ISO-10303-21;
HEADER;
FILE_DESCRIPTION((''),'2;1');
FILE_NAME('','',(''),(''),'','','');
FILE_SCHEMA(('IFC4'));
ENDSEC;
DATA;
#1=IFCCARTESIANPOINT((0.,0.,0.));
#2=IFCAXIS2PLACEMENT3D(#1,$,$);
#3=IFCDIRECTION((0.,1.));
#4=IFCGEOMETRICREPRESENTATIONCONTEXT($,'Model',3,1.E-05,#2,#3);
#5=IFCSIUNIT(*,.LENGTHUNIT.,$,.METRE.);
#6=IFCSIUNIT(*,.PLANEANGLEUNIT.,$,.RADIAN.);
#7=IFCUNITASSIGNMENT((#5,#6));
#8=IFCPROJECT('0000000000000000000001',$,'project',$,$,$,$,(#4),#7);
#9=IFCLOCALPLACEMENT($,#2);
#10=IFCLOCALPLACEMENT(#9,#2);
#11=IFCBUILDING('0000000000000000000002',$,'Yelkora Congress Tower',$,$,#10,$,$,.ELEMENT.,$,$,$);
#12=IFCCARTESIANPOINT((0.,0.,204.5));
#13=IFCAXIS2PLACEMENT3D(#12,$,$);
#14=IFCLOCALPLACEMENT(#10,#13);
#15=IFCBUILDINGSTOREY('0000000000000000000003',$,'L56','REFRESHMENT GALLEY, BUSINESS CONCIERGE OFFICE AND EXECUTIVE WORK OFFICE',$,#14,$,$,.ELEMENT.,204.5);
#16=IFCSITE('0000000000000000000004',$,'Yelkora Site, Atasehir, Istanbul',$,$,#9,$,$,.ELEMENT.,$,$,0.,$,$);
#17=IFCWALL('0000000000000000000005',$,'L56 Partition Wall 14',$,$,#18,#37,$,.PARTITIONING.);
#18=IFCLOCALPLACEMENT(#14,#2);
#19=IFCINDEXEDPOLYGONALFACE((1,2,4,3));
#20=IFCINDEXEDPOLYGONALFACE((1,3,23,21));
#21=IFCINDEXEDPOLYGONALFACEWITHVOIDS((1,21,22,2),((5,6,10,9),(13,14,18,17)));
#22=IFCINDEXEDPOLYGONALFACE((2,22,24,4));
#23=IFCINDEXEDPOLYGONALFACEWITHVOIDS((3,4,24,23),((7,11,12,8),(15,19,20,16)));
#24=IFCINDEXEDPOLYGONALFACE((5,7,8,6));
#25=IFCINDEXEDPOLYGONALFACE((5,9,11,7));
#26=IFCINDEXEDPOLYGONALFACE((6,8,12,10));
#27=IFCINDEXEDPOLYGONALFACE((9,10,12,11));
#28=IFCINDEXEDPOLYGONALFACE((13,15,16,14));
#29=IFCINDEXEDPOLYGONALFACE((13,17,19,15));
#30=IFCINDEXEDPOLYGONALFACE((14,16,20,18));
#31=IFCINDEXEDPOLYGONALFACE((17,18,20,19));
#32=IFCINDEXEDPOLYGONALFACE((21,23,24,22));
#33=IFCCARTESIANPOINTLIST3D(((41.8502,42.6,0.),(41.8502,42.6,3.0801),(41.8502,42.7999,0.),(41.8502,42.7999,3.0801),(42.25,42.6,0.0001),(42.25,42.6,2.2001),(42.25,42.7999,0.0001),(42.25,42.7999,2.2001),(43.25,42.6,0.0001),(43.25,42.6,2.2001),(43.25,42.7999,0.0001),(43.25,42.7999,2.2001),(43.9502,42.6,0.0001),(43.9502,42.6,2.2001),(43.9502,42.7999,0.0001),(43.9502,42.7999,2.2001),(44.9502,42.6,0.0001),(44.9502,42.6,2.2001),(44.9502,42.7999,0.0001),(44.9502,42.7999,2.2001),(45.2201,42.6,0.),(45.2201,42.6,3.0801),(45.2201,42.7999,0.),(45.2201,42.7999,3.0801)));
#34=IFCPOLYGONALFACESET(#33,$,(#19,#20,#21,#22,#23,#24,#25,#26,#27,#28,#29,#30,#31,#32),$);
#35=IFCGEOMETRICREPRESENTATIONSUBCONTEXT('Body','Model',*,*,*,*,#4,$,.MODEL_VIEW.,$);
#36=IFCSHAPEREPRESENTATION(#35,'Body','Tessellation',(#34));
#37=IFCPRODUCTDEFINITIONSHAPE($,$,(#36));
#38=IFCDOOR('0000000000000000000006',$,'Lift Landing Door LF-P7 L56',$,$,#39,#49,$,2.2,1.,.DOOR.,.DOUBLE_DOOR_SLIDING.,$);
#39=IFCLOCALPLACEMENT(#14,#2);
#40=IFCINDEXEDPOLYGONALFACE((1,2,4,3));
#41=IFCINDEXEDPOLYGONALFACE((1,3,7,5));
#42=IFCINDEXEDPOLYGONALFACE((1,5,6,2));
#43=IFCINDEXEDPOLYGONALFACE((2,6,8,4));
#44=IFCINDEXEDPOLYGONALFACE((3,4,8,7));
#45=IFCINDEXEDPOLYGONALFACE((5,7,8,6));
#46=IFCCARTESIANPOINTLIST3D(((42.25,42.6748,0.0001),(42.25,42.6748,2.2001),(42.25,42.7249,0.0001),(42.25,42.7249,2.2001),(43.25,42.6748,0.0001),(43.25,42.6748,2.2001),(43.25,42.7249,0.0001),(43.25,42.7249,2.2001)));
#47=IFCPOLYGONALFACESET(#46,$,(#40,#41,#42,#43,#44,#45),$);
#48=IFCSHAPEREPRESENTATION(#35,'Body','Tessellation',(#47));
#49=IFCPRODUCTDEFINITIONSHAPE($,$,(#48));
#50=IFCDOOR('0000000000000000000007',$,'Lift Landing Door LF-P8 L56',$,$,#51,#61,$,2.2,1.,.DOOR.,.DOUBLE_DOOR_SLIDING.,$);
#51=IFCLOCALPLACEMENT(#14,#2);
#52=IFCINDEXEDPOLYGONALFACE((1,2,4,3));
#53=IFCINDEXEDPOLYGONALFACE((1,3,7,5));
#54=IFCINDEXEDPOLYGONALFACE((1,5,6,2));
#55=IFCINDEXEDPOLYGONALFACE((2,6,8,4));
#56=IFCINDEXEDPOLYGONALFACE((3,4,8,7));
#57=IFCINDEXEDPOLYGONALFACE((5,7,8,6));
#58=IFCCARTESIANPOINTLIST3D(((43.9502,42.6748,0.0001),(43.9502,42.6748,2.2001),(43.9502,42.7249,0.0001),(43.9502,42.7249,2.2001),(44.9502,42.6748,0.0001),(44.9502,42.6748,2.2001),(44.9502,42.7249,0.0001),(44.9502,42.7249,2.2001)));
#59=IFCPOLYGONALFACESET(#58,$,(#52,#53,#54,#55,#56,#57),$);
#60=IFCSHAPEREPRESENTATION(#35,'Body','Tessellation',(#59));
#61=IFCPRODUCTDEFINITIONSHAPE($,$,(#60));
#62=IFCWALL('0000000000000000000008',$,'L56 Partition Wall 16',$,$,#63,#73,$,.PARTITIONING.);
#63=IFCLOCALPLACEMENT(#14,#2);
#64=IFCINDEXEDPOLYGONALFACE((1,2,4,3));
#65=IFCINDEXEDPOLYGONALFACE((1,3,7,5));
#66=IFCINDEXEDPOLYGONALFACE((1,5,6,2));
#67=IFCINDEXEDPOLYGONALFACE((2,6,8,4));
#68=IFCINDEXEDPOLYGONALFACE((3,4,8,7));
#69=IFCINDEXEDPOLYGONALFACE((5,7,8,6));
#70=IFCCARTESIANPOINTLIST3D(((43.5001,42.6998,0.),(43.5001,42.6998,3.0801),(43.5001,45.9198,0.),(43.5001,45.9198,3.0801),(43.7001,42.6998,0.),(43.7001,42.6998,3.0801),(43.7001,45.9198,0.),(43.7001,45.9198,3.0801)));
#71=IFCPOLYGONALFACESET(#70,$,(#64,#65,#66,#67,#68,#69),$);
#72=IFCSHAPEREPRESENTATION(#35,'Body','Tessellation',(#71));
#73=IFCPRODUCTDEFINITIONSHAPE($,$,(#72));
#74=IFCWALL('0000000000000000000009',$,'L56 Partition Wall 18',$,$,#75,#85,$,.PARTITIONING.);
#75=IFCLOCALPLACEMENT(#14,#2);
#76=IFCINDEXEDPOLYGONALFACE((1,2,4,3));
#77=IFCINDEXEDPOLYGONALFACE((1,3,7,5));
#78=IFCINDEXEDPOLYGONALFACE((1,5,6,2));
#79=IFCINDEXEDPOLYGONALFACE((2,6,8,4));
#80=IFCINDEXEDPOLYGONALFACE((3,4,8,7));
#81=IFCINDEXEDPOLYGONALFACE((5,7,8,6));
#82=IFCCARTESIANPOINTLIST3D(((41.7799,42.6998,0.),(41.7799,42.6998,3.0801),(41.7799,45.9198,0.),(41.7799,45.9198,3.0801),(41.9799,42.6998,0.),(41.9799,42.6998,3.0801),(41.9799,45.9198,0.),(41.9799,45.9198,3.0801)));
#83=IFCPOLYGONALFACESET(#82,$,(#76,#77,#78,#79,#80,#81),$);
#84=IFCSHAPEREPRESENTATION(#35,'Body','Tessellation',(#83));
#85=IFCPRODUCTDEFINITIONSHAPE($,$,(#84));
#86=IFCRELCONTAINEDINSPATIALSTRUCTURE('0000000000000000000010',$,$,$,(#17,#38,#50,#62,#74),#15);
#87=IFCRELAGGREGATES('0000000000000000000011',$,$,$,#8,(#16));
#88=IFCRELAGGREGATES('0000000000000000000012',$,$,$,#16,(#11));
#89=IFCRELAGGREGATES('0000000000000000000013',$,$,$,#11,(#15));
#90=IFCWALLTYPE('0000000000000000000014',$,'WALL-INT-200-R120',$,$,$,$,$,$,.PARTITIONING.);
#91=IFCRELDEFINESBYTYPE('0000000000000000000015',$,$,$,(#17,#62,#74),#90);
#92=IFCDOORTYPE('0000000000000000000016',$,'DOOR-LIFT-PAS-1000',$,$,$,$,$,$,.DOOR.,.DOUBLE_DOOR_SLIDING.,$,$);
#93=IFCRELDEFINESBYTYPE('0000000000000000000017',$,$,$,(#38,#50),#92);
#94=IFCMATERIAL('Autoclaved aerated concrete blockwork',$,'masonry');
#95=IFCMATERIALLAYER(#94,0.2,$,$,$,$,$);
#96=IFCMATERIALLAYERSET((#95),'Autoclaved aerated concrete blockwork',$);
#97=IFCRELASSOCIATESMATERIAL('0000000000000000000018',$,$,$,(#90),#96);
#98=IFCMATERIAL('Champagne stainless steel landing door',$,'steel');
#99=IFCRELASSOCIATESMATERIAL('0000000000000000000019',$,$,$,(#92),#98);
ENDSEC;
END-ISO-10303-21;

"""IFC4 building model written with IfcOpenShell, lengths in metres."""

from ifc_helpers import new_model, si_unit, direction, frame, frame_2d, origin, place, context, subcontext, project, spatial, rectangle, extrude, material, layer, layer_set, type_object, element, fill, save


model = new_model("IFC4")

# Units and contexts
model_context = context("Model", 3, precision=1e-05, world=origin(), true_north=direction((0.0, 1.0)))
body_context = subcontext(model_context, "Body", "Model", "MODEL_VIEW")
ifc_project = project(units=[si_unit("LENGTHUNIT", "METRE"), si_unit("PLANEANGLEUNIT", "RADIAN")], contexts=[model_context])

# Site, building, storey
site_placement = place(None, origin())
site = spatial("IfcSite", under=ifc_project, at=site_placement, Name="Yelkora Site, Atasehir, Istanbul", CompositionType="ELEMENT", RefElevation=0.0)
building_placement = place(site_placement, origin())
building = spatial("IfcBuilding", under=site, at=building_placement, Name="Yelkora Congress Tower", CompositionType="ELEMENT")
storey_placement = place(building_placement, frame((0.0, 0.0, 204.5)))
storey = spatial("IfcBuildingStorey", under=building, at=storey_placement, Name="L56", Description="REFRESHMENT GALLEY, BUSINESS CONCIERGE OFFICE AND EXECUTIVE WORK OFFICE", CompositionType="ELEMENT", Elevation=204.5)

# Shared definitions
ifc_material_1 = material(Name="Autoclaved aerated concrete blockwork", Category="masonry")
ifc_layer_1 = layer(ifc_material_1, 0.2)
ifc_layer_set_1 = layer_set([ifc_layer_1], Name="Autoclaved aerated concrete blockwork")
wall_type_1 = type_object("IfcWallType", Name="WALL-INT-200-R120", PredefinedType="PARTITIONING", material=ifc_layer_set_1)

# Wall, openings, doors
wall_1_placement = place(storey_placement, frame((41.8501, 42.7, 0.0), z_axis=(0.0, 0.0, 1.0), x_axis=(1.0, 0.0, 0.0)))
wall_1 = element("IfcWall", 1, at=wall_1_placement, inside=storey, type_object=wall_type_1, Name="L56 Partition Wall 14", PredefinedType="PARTITIONING", context=body_context, shape_type="SweptSolid", body=[
    extrude(rectangle(XDim=3.3699, YDim=0.2, at=frame_2d((1.6851, 0.0))), origin(), (0.0, 0.0, 1.0), 3.0801),
])
opening_1_placement = place(wall_1_placement, frame((0.3999, 0.0, 0.0)))
opening_1 = element("IfcOpeningElement", 2, at=opening_1_placement, cuts=wall_1, PredefinedType="OPENING", context=body_context, shape_type="SweptSolid", body=[
    extrude(rectangle(XDim=1.0, YDim=2.2, at=frame_2d((0.5, 1.1001))), frame((0.0, 0.1099, 0.0), z_axis=(0.0, -1.0, 0.0), x_axis=(1.0, 0.0, 0.0)), (0.0, 0.0, 1.0), 0.22),
])
opening_2_placement = place(wall_1_placement, frame((2.1001, 0.0, 0.0)))
opening_2 = element("IfcOpeningElement", 3, at=opening_2_placement, cuts=wall_1, PredefinedType="OPENING", context=body_context, shape_type="SweptSolid", body=[
    extrude(rectangle(XDim=1.0, YDim=2.2, at=frame_2d((0.5, 1.1001))), frame((0.0, 0.1099, 0.0), z_axis=(0.0, -1.0, 0.0), x_axis=(1.0, 0.0, 0.0)), (0.0, 0.0, 1.0), 0.22),
])
ifc_material_2 = material(Name="Champagne stainless steel landing door", Category="steel")
door_type_1 = type_object("IfcDoorType", Name="DOOR-LIFT-PAS-1000", OperationType="DOUBLE_DOOR_SLIDING", PredefinedType="DOOR", material=ifc_material_2)
door_1_placement = place(opening_1_placement, origin())
door_1 = element("IfcDoor", 4, at=door_1_placement, inside=storey, type_object=door_type_1, Name="Lift Landing Door LF-P7 L56", OperationType="DOUBLE_DOOR_SLIDING", OverallHeight=2.2, OverallWidth=1.0, PredefinedType="DOOR", context=body_context, shape_type="SweptSolid", body=[
    extrude(rectangle(XDim=1.0, YDim=2.2, at=frame_2d((0.5, 1.1001))), frame((0.0, 0.0249, 0.0), z_axis=(0.0, -1.0, 0.0), x_axis=(1.0, 0.0, 0.0)), (0.0, 0.0, 1.0), 0.05),
])
fill(opening_1, door_1)
door_2_placement = place(opening_2_placement, origin())
door_2 = element("IfcDoor", 5, at=door_2_placement, inside=storey, type_object=door_type_1, Name="Lift Landing Door LF-P8 L56", OperationType="DOUBLE_DOOR_SLIDING", OverallHeight=2.2, OverallWidth=1.0, PredefinedType="DOOR", context=body_context, shape_type="SweptSolid", body=[
    extrude(rectangle(XDim=1.0, YDim=2.2, at=frame_2d((0.5, 1.1001))), frame((0.0, 0.0249, 0.0), z_axis=(0.0, -1.0, 0.0), x_axis=(1.0, 0.0, 0.0)), (0.0, 0.0, 1.0), 0.05),
])
fill(opening_2, door_2)

# Walls
for number, where, z_axis, x_axis, name in (
    (6, (43.6001, 42.7, 0.0), (0.0, 0.0, 1.0), (0.0, 1.0, 0.0), "L56 Partition Wall 16"),
    (7, (41.8799, 42.7, 0.0), (0.0, 0.0, 1.0), (0.0, 1.0, 0.0), "L56 Partition Wall 18"),
):
    element("IfcWall", number, at=place(storey_placement, frame(where, z_axis=z_axis, x_axis=x_axis)), inside=storey, type_object=wall_type_1, Name=name, PredefinedType="PARTITIONING", context=body_context, shape_type="SweptSolid", body=[
        extrude(rectangle(XDim=3.22, YDim=0.2, at=frame_2d((1.6099, 0.0))), origin(), (0.0, 0.0, 1.0), 3.0801),
    ])

save(model, "model.ifc")
